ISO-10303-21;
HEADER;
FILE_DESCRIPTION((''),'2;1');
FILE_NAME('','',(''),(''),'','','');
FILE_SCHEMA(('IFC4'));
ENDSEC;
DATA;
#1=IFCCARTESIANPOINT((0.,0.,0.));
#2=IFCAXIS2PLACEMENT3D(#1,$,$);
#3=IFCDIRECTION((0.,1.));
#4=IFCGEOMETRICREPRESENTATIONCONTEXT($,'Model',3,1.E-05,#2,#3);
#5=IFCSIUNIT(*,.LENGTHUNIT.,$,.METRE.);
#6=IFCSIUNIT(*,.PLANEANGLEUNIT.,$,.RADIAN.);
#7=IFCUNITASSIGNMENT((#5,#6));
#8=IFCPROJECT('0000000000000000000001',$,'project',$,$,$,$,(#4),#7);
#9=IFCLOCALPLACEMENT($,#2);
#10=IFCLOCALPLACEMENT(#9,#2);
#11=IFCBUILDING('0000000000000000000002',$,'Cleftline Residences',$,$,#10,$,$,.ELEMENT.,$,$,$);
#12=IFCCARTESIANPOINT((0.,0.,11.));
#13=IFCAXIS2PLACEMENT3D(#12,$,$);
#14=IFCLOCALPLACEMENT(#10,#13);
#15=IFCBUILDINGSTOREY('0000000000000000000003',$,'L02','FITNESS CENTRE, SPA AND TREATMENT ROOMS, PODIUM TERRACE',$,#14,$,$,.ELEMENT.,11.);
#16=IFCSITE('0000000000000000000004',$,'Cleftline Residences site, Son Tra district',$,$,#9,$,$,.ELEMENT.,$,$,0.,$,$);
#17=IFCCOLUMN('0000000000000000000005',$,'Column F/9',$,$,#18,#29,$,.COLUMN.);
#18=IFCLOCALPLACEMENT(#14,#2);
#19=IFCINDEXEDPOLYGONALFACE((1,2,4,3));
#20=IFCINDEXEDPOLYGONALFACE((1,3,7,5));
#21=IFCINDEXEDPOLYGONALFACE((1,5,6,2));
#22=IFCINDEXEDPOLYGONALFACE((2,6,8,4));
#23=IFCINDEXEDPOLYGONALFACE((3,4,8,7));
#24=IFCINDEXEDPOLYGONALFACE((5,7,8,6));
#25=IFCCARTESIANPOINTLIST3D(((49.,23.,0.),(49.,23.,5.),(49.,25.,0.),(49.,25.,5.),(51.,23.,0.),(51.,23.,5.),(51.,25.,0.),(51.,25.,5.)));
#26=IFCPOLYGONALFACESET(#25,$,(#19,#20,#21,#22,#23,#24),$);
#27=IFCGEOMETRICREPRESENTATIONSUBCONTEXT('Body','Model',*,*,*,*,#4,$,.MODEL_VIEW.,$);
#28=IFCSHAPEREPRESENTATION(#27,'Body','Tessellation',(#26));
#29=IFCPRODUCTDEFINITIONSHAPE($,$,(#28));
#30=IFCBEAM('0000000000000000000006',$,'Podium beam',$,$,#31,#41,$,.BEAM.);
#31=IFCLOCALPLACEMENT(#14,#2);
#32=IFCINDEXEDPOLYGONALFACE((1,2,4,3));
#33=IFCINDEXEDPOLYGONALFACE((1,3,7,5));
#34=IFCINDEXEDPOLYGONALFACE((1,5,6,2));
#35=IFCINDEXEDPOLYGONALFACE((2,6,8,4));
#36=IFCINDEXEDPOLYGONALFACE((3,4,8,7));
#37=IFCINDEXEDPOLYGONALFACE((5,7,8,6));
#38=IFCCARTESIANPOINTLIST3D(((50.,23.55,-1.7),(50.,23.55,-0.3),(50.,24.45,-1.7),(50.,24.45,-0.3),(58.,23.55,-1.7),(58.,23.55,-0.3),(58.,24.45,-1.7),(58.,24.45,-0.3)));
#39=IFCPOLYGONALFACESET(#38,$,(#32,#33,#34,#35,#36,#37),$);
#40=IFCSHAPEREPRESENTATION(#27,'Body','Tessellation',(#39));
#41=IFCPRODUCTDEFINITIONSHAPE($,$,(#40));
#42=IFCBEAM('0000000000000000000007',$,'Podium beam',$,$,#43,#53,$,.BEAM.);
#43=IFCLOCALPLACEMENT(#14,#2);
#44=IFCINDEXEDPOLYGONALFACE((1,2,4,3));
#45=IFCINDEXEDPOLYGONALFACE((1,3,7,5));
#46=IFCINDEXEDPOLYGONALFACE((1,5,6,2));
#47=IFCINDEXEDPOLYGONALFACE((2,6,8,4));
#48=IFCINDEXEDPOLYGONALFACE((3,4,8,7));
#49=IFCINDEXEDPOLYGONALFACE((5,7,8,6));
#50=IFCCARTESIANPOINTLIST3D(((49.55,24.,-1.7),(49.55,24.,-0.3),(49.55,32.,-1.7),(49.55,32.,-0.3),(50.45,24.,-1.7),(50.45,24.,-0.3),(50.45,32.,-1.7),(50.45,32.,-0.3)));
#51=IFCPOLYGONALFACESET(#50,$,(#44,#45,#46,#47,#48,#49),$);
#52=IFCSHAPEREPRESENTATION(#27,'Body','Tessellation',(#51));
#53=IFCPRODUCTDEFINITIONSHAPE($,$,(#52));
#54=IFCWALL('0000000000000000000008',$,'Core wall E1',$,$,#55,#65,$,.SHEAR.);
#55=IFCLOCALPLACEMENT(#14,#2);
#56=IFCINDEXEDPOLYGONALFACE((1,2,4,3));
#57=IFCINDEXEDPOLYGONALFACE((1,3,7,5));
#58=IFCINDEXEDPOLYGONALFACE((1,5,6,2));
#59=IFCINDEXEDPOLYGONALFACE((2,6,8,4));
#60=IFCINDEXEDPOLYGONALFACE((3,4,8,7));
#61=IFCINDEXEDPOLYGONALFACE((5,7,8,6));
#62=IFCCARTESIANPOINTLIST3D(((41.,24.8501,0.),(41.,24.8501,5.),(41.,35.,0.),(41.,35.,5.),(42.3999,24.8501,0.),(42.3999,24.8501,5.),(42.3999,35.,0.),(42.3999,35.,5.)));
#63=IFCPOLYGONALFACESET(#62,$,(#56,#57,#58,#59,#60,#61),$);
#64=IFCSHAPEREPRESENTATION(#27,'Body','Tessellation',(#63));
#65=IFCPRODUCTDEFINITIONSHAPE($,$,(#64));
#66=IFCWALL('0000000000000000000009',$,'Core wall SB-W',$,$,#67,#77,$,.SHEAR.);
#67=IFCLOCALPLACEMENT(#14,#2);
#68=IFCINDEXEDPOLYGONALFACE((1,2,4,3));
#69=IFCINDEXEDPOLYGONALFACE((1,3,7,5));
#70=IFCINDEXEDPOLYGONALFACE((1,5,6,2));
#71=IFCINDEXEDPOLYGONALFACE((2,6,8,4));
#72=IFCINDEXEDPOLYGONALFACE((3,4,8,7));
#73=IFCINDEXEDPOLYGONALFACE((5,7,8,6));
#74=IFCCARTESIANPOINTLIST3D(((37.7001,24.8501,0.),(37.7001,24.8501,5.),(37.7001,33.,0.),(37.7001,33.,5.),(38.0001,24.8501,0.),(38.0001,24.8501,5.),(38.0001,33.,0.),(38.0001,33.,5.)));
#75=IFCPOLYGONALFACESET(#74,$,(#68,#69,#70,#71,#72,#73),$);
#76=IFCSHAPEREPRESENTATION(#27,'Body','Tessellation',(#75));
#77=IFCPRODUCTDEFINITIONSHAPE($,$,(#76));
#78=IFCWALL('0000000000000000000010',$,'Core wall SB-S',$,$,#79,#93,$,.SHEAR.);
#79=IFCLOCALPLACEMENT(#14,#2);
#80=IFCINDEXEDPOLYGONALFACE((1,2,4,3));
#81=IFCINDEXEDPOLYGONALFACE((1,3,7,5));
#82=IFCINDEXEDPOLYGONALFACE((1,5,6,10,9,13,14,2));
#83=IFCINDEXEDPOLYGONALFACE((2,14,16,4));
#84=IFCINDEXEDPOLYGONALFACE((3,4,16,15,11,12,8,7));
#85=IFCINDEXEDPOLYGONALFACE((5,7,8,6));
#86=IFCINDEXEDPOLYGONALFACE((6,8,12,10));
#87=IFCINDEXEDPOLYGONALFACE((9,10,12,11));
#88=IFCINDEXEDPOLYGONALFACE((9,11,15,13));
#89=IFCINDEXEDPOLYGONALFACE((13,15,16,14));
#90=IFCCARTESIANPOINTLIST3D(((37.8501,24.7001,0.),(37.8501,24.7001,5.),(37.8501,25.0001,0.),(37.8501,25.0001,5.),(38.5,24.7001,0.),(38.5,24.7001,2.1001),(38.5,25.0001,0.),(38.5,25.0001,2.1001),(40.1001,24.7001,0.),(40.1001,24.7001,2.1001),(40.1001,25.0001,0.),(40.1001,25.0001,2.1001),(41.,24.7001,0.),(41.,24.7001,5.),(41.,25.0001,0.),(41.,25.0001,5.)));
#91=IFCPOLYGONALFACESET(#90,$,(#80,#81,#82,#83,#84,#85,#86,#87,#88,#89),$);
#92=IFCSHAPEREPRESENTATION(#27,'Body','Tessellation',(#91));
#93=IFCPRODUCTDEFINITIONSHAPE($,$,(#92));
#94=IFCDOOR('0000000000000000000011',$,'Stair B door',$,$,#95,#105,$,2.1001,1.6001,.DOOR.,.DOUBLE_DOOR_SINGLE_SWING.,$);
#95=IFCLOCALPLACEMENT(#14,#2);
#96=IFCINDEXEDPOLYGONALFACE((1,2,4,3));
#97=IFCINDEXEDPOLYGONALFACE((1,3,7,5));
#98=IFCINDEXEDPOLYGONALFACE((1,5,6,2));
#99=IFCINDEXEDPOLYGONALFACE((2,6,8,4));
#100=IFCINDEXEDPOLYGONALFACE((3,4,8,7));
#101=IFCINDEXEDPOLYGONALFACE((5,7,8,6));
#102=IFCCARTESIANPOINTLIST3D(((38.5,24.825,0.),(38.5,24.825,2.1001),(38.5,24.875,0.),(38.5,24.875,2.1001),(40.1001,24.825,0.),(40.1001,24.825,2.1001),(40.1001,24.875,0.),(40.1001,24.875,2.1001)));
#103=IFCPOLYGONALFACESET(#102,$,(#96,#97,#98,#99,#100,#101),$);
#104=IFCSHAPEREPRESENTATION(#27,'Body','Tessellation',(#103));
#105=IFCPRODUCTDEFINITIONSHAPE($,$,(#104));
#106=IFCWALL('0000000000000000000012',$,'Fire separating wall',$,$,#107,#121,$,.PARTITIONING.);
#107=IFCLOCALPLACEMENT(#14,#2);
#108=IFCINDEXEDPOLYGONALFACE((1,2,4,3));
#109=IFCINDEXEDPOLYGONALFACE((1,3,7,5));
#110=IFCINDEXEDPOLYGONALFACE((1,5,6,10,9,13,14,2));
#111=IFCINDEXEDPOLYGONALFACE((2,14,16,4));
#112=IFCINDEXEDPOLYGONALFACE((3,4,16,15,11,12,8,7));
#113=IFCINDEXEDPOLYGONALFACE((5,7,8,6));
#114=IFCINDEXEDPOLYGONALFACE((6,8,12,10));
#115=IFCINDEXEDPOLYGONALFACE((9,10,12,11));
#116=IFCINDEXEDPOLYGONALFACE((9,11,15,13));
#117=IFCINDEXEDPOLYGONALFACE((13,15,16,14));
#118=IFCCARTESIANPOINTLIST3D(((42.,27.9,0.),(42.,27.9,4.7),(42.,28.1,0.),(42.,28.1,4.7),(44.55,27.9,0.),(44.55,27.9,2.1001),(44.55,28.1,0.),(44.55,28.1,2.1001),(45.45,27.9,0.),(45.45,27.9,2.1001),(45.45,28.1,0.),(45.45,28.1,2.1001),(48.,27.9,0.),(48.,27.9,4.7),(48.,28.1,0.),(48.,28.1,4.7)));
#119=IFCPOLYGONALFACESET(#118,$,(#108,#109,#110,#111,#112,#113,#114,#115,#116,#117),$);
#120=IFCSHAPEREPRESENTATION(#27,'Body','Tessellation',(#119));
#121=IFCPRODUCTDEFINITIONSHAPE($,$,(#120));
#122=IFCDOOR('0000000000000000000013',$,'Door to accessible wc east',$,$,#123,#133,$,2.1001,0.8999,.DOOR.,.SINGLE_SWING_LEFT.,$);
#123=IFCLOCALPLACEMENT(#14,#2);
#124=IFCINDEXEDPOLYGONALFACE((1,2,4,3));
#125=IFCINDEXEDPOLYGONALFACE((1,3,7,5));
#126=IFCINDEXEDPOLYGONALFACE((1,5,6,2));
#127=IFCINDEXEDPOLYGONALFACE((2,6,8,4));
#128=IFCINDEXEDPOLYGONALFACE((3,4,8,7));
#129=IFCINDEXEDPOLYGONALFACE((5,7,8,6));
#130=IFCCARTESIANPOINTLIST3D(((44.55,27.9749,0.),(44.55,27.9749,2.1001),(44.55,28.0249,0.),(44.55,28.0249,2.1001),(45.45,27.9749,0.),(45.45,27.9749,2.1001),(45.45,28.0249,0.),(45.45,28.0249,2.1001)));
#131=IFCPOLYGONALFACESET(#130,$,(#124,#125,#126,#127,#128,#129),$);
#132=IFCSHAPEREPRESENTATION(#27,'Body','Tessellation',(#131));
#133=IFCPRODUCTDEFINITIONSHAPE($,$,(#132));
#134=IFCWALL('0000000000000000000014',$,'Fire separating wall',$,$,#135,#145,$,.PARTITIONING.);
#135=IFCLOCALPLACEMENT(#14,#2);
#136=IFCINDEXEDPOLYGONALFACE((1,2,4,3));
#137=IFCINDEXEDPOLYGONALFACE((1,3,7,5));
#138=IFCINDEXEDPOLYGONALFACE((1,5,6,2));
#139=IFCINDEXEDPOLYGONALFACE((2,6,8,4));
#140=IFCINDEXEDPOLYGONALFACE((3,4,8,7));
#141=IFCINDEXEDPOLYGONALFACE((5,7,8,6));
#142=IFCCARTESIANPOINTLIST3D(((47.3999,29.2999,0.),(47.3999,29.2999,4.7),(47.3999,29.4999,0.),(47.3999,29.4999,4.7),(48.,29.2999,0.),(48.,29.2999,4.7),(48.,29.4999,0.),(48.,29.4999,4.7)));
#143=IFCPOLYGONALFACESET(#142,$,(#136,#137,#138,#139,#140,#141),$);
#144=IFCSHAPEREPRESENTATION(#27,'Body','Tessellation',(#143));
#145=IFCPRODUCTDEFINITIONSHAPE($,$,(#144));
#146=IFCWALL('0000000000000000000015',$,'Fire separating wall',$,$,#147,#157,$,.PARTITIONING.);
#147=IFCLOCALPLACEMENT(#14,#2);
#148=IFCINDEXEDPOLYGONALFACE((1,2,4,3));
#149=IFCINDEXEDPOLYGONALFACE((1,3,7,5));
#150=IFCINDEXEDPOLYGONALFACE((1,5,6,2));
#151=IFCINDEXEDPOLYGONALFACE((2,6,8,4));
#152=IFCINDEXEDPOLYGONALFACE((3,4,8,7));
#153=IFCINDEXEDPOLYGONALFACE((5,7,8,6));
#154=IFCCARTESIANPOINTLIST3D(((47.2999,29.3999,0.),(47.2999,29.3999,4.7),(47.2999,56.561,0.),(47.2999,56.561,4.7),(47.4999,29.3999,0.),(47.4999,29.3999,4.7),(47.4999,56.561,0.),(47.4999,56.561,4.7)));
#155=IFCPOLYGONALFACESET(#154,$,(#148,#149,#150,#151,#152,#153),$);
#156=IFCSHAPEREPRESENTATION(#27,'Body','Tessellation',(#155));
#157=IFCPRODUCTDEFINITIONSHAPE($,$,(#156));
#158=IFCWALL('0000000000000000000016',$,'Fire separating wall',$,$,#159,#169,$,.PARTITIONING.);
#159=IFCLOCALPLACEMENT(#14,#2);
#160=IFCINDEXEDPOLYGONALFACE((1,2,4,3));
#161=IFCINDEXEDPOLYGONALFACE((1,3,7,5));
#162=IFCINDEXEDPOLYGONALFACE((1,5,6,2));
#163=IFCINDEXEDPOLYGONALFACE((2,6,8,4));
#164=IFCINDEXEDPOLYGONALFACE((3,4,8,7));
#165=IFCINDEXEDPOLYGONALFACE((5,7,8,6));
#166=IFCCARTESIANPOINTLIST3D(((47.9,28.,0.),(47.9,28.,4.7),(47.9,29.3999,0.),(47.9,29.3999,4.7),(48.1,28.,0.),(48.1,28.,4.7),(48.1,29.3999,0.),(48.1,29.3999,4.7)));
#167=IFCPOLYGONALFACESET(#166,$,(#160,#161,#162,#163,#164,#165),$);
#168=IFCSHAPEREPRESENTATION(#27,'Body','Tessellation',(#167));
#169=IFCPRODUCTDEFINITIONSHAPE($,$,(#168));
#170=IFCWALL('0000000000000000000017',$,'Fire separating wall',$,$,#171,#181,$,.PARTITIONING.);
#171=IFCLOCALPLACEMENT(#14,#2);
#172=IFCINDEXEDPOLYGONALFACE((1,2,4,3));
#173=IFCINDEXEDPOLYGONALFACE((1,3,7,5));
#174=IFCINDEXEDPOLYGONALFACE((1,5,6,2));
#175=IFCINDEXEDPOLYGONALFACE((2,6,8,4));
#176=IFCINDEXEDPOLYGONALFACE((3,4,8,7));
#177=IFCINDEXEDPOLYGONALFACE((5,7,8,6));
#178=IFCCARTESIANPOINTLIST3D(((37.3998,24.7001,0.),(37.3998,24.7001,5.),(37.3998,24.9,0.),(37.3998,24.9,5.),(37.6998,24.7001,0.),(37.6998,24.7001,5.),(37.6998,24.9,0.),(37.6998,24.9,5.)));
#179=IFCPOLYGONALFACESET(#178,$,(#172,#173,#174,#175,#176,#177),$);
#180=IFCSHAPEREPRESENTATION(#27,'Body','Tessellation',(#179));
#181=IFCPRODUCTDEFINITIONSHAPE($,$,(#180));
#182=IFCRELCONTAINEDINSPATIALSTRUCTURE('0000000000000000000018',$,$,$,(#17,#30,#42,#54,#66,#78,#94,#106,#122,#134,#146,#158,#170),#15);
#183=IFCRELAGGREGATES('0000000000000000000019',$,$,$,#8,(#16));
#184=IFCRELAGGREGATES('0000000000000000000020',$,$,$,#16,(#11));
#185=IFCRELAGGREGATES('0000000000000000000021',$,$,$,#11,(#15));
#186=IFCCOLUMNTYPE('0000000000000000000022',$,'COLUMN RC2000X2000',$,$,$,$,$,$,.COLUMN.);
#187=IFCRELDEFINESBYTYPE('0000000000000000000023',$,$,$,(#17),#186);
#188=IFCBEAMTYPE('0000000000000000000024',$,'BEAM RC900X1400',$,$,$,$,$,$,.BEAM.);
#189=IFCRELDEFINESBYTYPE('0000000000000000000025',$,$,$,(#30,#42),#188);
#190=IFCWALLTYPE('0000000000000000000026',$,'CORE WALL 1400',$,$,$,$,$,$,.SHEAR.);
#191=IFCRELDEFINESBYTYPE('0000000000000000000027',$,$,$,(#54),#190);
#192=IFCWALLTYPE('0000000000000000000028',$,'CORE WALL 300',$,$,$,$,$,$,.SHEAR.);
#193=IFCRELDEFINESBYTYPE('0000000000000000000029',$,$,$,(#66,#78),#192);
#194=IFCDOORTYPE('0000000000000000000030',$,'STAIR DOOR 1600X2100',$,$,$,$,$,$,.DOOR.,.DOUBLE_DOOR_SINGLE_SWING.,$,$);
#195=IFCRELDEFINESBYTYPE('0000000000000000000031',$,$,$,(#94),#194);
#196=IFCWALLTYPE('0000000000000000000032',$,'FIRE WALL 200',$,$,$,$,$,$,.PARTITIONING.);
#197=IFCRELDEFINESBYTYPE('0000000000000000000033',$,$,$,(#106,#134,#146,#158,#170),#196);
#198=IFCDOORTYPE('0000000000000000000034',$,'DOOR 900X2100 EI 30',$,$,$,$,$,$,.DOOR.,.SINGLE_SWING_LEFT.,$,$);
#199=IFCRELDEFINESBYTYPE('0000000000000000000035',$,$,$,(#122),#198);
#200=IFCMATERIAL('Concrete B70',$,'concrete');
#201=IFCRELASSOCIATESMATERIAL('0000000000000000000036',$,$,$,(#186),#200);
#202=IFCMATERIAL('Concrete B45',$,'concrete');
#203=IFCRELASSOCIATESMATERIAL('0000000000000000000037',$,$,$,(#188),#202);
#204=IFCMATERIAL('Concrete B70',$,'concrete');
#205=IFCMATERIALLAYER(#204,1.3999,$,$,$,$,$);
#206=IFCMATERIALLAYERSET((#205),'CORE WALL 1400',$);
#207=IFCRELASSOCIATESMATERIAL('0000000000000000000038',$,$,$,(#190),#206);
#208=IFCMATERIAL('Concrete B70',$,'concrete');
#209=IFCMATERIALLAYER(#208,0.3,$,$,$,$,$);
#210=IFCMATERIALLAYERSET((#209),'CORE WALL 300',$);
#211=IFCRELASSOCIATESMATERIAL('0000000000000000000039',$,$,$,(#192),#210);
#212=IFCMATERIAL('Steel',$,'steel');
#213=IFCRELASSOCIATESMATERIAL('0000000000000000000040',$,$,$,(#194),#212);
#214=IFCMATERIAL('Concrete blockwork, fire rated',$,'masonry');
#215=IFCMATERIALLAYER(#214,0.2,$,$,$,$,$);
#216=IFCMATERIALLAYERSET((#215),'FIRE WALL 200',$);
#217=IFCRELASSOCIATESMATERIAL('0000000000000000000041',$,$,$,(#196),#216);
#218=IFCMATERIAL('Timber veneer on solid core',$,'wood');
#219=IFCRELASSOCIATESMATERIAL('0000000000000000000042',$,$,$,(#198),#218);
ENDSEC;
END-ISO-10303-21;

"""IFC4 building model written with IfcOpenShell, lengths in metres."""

from ifc_helpers import new_model, si_unit, direction, frame, frame_2d, origin, origin_2d, place, context, subcontext, project, spatial, rectangle, extrude, material, layer, layer_set, material_profile, profile_set, type_object, element, fill, save


model = new_model("IFC4")

# Units and contexts
model_context = context("Model", 3, precision=1e-05, world=origin(), true_north=direction((0.0, 1.0)))
body_context = subcontext(model_context, "Body", "Model", "MODEL_VIEW")
ifc_project = project(units=[si_unit("LENGTHUNIT", "METRE"), si_unit("PLANEANGLEUNIT", "RADIAN")], contexts=[model_context])

# Site, building, storey
site_placement = place(None, origin())
site = spatial("IfcSite", under=ifc_project, at=site_placement, Name="Cleftline Residences site, Son Tra district", CompositionType="ELEMENT", RefElevation=0.0)
building_placement = place(site_placement, origin())
building = spatial("IfcBuilding", under=site, at=building_placement, Name="Cleftline Residences", CompositionType="ELEMENT")
storey_placement = place(building_placement, frame((0.0, 0.0, 11.0)))
storey = spatial("IfcBuildingStorey", under=building, at=storey_placement, Name="L02", Description="FITNESS CENTRE, SPA AND TREATMENT ROOMS, PODIUM TERRACE", CompositionType="ELEMENT", Elevation=11.0)

# Column
ifc_material_1 = material(Name="Concrete B70", Category="concrete")
ifc_material_profile_1 = material_profile(ifc_material_1, rectangle(XDim=2.0, YDim=2.0, at=origin_2d()))
ifc_profile_set_1 = profile_set([ifc_material_profile_1], Name="Concrete B70")
column_type = type_object("IfcColumnType", Name="COLUMN RC2000X2000", PredefinedType="COLUMN", material=ifc_profile_set_1)
column_placement = place(storey_placement, frame((50.0, 24.0, 0.0), z_axis=(0.0, 0.0, 1.0), x_axis=(1.0, 0.0, 0.0)))
element("IfcColumn", 1, at=column_placement, inside=storey, type_object=column_type, Name="Column F/9", PredefinedType="COLUMN", context=body_context, shape_type="SweptSolid", body=[
    extrude(rectangle(XDim=2.0, YDim=2.0, at=origin_2d()), origin(), (0.0, 0.0, 1.0), 5.0),
])

# Beams
ifc_material_2 = material(Name="Concrete B45", Category="concrete")
ifc_material_profile_2 = material_profile(ifc_material_2, rectangle(XDim=0.8999, YDim=1.3999, at=origin_2d()))
ifc_profile_set_2 = profile_set([ifc_material_profile_2], Name="Concrete B45")
beam_type = type_object("IfcBeamType", Name="BEAM RC900X1400", PredefinedType="BEAM", material=ifc_profile_set_2)
for number, where, z_axis, x_axis, name in (
    (2, (50.0, 24.0, -1.0), (1.0, 0.0, 0.0), (0.0, 1.0, 0.0), "Podium beam"),
    (3, (50.0, 24.0, -1.0), (0.0, 1.0, 0.0), (-1.0, 0.0, 0.0), "Podium beam"),
):
    element("IfcBeam", number, at=place(storey_placement, frame(where, z_axis=z_axis, x_axis=x_axis)), inside=storey, type_object=beam_type, Name=name, PredefinedType="BEAM", context=body_context, shape_type="SweptSolid", body=[
        extrude(rectangle(XDim=0.8999, YDim=1.3999, at=origin_2d()), origin(), (0.0, 0.0, 1.0), 8.0),
    ])

# Walls
ifc_material_3 = material(Name="Concrete B70", Category="concrete")
ifc_layer_1 = layer(ifc_material_3, 1.3999)
ifc_layer_set_1 = layer_set([ifc_layer_1], Name="CORE WALL 1400")
wall_type_1 = type_object("IfcWallType", Name="CORE WALL 1400", PredefinedType="SHEAR", material=ifc_layer_set_1)
wall_1_placement = place(storey_placement, frame((41.7, 24.8501, 0.0), z_axis=(0.0, 0.0, 1.0), x_axis=(0.0, 1.0, 0.0)))
element("IfcWall", 4, at=wall_1_placement, inside=storey, type_object=wall_type_1, Name="Core wall E1", PredefinedType="SHEAR", context=body_context, shape_type="SweptSolid", body=[
    extrude(rectangle(XDim=10.1499, YDim=1.3999, at=frame_2d((5.075, 0.0))), origin(), (0.0, 0.0, 1.0), 5.0),
])
ifc_material_4 = material(Name="Concrete B70", Category="concrete")
ifc_layer_2 = layer(ifc_material_4, 0.3)
ifc_layer_set_2 = layer_set([ifc_layer_2], Name="CORE WALL 300")
wall_type_2 = type_object("IfcWallType", Name="CORE WALL 300", PredefinedType="SHEAR", material=ifc_layer_set_2)
wall_2_placement = place(storey_placement, frame((37.8501, 24.8501, 0.0), z_axis=(0.0, 0.0, 1.0), x_axis=(0.0, 1.0, 0.0)))
element("IfcWall", 5, at=wall_2_placement, inside=storey, type_object=wall_type_2, Name="Core wall SB-W", PredefinedType="SHEAR", context=body_context, shape_type="SweptSolid", body=[
    extrude(rectangle(XDim=8.1499, YDim=0.3, at=frame_2d((4.075, 0.0))), origin(), (0.0, 0.0, 1.0), 5.0),
])

# Walls, openings, doors
wall_3_placement = place(storey_placement, frame((37.8501, 24.8501, 0.0), z_axis=(0.0, 0.0, 1.0), x_axis=(1.0, 0.0, 0.0)))
wall_3 = element("IfcWall", 6, at=wall_3_placement, inside=storey, type_object=wall_type_2, Name="Core wall SB-S", PredefinedType="SHEAR", context=body_context, shape_type="SweptSolid", body=[
    extrude(rectangle(XDim=3.1499, YDim=0.3, at=frame_2d((1.575, 0.0))), origin(), (0.0, 0.0, 1.0), 5.0),
])
opening_1_placement = place(wall_3_placement, frame((0.6499, 0.0, 0.0)))
opening_1 = element("IfcOpeningElement", 7, at=opening_1_placement, cuts=wall_3, PredefinedType="OPENING", context=body_context, shape_type="SweptSolid", body=[
    extrude(rectangle(XDim=1.6001, YDim=2.1001, at=frame_2d((0.8, 1.05))), frame((0.0, 0.1599, 0.0), z_axis=(0.0, -1.0, 0.0), x_axis=(1.0, 0.0, 0.0)), (0.0, 0.0, 1.0), 0.3201),
])
ifc_material_5 = material(Name="Steel", Category="steel")
door_type_1 = type_object("IfcDoorType", Name="STAIR DOOR 1600X2100", OperationType="DOUBLE_DOOR_SINGLE_SWING", PredefinedType="DOOR", material=ifc_material_5)
door_1_placement = place(opening_1_placement, origin())
door_1 = element("IfcDoor", 8, at=door_1_placement, inside=storey, type_object=door_type_1, Name="Stair B door", OperationType="DOUBLE_DOOR_SINGLE_SWING", OverallHeight=2.1001, OverallWidth=1.6001, PredefinedType="DOOR", context=body_context, shape_type="SweptSolid", body=[
    extrude(rectangle(XDim=1.6001, YDim=2.1001, at=frame_2d((0.8, 1.05))), frame((0.0, 0.0249, 0.0), z_axis=(0.0, -1.0, 0.0), x_axis=(1.0, 0.0, 0.0)), (0.0, 0.0, 1.0), 0.05),
])
fill(opening_1, door_1)
ifc_material_6 = material(Name="Concrete blockwork, fire rated", Category="masonry")
ifc_layer_3 = layer(ifc_material_6, 0.2)
ifc_layer_set_3 = layer_set([ifc_layer_3], Name="FIRE WALL 200")
wall_type_3 = type_object("IfcWallType", Name="FIRE WALL 200", PredefinedType="PARTITIONING", material=ifc_layer_set_3)
wall_4_placement = place(storey_placement, frame((42.0, 28.0, 0.0), z_axis=(0.0, 0.0, 1.0), x_axis=(1.0, 0.0, 0.0)))
wall_4 = element("IfcWall", 9, at=wall_4_placement, inside=storey, type_object=wall_type_3, Name="Fire separating wall", PredefinedType="PARTITIONING", context=body_context, shape_type="SweptSolid", body=[
    extrude(rectangle(XDim=6.0, YDim=0.2, at=frame_2d((3.0, 0.0))), origin(), (0.0, 0.0, 1.0), 4.7),
])
opening_2_placement = place(wall_4_placement, frame((2.55, 0.0, 0.0)))
opening_2 = element("IfcOpeningElement", 10, at=opening_2_placement, cuts=wall_4, PredefinedType="OPENING", context=body_context, shape_type="SweptSolid", body=[
    extrude(rectangle(XDim=0.8999, YDim=2.1001, at=frame_2d((0.45, 1.05))), frame((0.0, 0.1099, 0.0), z_axis=(0.0, -1.0, 0.0), x_axis=(1.0, 0.0, 0.0)), (0.0, 0.0, 1.0), 0.22),
])
ifc_material_7 = material(Name="Timber veneer on solid core", Category="wood")
door_type_2 = type_object("IfcDoorType", Name="DOOR 900X2100 EI 30", OperationType="SINGLE_SWING_LEFT", PredefinedType="DOOR", material=ifc_material_7)
door_2_placement = place(opening_2_placement, origin())
door_2 = element("IfcDoor", 11, at=door_2_placement, inside=storey, type_object=door_type_2, Name="Door to accessible wc east", OperationType="SINGLE_SWING_LEFT", OverallHeight=2.1001, OverallWidth=0.8999, PredefinedType="DOOR", context=body_context, shape_type="SweptSolid", body=[
    extrude(rectangle(XDim=0.8999, YDim=2.1001, at=frame_2d((0.45, 1.05))), frame((0.0, 0.0249, 0.0), z_axis=(0.0, -1.0, 0.0), x_axis=(1.0, 0.0, 0.0)), (0.0, 0.0, 1.0), 0.05),
])
fill(opening_2, door_2)

# Walls
wall_5_placement = place(storey_placement, frame((47.3999, 29.3999, 0.0), z_axis=(0.0, 0.0, 1.0), x_axis=(1.0, 0.0, 0.0)))
element("IfcWall", 12, at=wall_5_placement, inside=storey, type_object=wall_type_3, Name="Fire separating wall", PredefinedType="PARTITIONING", context=body_context, shape_type="SweptSolid", body=[
    extrude(rectangle(XDim=0.6001, YDim=0.2, at=frame_2d((0.3, 0.0))), origin(), (0.0, 0.0, 1.0), 4.7),
])
wall_6_placement = place(storey_placement, frame((47.3999, 29.3999, 0.0), z_axis=(0.0, 0.0, 1.0), x_axis=(0.0, 1.0, 0.0)))
element("IfcWall", 13, at=wall_6_placement, inside=storey, type_object=wall_type_3, Name="Fire separating wall", PredefinedType="PARTITIONING", context=body_context, shape_type="SweptSolid", body=[
    extrude(rectangle(XDim=27.1611, YDim=0.2, at=frame_2d((13.5806, 0.0))), origin(), (0.0, 0.0, 1.0), 4.7),
])
wall_7_placement = place(storey_placement, frame((48.0, 28.0, 0.0), z_axis=(0.0, 0.0, 1.0), x_axis=(0.0, 1.0, 0.0)))
element("IfcWall", 14, at=wall_7_placement, inside=storey, type_object=wall_type_3, Name="Fire separating wall", PredefinedType="PARTITIONING", context=body_context, shape_type="SweptSolid", body=[
    extrude(rectangle(XDim=1.3999, YDim=0.2, at=frame_2d((0.7, 0.0))), origin(), (0.0, 0.0, 1.0), 4.7),
])
wall_8_placement = place(storey_placement, frame((37.3999, 24.8, 0.0), z_axis=(0.0, 0.0, 1.0), x_axis=(1.0, 0.0, 0.0)))
element("IfcWall", 15, at=wall_8_placement, inside=storey, type_object=wall_type_3, Name="Fire separating wall", PredefinedType="PARTITIONING", context=body_context, shape_type="SweptSolid", body=[
    extrude(rectangle(XDim=0.3, YDim=0.2, at=frame_2d((0.1499, 0.0))), origin(), (0.0, 0.0, 1.0), 5.0),
])

save(model, "model.ifc")
